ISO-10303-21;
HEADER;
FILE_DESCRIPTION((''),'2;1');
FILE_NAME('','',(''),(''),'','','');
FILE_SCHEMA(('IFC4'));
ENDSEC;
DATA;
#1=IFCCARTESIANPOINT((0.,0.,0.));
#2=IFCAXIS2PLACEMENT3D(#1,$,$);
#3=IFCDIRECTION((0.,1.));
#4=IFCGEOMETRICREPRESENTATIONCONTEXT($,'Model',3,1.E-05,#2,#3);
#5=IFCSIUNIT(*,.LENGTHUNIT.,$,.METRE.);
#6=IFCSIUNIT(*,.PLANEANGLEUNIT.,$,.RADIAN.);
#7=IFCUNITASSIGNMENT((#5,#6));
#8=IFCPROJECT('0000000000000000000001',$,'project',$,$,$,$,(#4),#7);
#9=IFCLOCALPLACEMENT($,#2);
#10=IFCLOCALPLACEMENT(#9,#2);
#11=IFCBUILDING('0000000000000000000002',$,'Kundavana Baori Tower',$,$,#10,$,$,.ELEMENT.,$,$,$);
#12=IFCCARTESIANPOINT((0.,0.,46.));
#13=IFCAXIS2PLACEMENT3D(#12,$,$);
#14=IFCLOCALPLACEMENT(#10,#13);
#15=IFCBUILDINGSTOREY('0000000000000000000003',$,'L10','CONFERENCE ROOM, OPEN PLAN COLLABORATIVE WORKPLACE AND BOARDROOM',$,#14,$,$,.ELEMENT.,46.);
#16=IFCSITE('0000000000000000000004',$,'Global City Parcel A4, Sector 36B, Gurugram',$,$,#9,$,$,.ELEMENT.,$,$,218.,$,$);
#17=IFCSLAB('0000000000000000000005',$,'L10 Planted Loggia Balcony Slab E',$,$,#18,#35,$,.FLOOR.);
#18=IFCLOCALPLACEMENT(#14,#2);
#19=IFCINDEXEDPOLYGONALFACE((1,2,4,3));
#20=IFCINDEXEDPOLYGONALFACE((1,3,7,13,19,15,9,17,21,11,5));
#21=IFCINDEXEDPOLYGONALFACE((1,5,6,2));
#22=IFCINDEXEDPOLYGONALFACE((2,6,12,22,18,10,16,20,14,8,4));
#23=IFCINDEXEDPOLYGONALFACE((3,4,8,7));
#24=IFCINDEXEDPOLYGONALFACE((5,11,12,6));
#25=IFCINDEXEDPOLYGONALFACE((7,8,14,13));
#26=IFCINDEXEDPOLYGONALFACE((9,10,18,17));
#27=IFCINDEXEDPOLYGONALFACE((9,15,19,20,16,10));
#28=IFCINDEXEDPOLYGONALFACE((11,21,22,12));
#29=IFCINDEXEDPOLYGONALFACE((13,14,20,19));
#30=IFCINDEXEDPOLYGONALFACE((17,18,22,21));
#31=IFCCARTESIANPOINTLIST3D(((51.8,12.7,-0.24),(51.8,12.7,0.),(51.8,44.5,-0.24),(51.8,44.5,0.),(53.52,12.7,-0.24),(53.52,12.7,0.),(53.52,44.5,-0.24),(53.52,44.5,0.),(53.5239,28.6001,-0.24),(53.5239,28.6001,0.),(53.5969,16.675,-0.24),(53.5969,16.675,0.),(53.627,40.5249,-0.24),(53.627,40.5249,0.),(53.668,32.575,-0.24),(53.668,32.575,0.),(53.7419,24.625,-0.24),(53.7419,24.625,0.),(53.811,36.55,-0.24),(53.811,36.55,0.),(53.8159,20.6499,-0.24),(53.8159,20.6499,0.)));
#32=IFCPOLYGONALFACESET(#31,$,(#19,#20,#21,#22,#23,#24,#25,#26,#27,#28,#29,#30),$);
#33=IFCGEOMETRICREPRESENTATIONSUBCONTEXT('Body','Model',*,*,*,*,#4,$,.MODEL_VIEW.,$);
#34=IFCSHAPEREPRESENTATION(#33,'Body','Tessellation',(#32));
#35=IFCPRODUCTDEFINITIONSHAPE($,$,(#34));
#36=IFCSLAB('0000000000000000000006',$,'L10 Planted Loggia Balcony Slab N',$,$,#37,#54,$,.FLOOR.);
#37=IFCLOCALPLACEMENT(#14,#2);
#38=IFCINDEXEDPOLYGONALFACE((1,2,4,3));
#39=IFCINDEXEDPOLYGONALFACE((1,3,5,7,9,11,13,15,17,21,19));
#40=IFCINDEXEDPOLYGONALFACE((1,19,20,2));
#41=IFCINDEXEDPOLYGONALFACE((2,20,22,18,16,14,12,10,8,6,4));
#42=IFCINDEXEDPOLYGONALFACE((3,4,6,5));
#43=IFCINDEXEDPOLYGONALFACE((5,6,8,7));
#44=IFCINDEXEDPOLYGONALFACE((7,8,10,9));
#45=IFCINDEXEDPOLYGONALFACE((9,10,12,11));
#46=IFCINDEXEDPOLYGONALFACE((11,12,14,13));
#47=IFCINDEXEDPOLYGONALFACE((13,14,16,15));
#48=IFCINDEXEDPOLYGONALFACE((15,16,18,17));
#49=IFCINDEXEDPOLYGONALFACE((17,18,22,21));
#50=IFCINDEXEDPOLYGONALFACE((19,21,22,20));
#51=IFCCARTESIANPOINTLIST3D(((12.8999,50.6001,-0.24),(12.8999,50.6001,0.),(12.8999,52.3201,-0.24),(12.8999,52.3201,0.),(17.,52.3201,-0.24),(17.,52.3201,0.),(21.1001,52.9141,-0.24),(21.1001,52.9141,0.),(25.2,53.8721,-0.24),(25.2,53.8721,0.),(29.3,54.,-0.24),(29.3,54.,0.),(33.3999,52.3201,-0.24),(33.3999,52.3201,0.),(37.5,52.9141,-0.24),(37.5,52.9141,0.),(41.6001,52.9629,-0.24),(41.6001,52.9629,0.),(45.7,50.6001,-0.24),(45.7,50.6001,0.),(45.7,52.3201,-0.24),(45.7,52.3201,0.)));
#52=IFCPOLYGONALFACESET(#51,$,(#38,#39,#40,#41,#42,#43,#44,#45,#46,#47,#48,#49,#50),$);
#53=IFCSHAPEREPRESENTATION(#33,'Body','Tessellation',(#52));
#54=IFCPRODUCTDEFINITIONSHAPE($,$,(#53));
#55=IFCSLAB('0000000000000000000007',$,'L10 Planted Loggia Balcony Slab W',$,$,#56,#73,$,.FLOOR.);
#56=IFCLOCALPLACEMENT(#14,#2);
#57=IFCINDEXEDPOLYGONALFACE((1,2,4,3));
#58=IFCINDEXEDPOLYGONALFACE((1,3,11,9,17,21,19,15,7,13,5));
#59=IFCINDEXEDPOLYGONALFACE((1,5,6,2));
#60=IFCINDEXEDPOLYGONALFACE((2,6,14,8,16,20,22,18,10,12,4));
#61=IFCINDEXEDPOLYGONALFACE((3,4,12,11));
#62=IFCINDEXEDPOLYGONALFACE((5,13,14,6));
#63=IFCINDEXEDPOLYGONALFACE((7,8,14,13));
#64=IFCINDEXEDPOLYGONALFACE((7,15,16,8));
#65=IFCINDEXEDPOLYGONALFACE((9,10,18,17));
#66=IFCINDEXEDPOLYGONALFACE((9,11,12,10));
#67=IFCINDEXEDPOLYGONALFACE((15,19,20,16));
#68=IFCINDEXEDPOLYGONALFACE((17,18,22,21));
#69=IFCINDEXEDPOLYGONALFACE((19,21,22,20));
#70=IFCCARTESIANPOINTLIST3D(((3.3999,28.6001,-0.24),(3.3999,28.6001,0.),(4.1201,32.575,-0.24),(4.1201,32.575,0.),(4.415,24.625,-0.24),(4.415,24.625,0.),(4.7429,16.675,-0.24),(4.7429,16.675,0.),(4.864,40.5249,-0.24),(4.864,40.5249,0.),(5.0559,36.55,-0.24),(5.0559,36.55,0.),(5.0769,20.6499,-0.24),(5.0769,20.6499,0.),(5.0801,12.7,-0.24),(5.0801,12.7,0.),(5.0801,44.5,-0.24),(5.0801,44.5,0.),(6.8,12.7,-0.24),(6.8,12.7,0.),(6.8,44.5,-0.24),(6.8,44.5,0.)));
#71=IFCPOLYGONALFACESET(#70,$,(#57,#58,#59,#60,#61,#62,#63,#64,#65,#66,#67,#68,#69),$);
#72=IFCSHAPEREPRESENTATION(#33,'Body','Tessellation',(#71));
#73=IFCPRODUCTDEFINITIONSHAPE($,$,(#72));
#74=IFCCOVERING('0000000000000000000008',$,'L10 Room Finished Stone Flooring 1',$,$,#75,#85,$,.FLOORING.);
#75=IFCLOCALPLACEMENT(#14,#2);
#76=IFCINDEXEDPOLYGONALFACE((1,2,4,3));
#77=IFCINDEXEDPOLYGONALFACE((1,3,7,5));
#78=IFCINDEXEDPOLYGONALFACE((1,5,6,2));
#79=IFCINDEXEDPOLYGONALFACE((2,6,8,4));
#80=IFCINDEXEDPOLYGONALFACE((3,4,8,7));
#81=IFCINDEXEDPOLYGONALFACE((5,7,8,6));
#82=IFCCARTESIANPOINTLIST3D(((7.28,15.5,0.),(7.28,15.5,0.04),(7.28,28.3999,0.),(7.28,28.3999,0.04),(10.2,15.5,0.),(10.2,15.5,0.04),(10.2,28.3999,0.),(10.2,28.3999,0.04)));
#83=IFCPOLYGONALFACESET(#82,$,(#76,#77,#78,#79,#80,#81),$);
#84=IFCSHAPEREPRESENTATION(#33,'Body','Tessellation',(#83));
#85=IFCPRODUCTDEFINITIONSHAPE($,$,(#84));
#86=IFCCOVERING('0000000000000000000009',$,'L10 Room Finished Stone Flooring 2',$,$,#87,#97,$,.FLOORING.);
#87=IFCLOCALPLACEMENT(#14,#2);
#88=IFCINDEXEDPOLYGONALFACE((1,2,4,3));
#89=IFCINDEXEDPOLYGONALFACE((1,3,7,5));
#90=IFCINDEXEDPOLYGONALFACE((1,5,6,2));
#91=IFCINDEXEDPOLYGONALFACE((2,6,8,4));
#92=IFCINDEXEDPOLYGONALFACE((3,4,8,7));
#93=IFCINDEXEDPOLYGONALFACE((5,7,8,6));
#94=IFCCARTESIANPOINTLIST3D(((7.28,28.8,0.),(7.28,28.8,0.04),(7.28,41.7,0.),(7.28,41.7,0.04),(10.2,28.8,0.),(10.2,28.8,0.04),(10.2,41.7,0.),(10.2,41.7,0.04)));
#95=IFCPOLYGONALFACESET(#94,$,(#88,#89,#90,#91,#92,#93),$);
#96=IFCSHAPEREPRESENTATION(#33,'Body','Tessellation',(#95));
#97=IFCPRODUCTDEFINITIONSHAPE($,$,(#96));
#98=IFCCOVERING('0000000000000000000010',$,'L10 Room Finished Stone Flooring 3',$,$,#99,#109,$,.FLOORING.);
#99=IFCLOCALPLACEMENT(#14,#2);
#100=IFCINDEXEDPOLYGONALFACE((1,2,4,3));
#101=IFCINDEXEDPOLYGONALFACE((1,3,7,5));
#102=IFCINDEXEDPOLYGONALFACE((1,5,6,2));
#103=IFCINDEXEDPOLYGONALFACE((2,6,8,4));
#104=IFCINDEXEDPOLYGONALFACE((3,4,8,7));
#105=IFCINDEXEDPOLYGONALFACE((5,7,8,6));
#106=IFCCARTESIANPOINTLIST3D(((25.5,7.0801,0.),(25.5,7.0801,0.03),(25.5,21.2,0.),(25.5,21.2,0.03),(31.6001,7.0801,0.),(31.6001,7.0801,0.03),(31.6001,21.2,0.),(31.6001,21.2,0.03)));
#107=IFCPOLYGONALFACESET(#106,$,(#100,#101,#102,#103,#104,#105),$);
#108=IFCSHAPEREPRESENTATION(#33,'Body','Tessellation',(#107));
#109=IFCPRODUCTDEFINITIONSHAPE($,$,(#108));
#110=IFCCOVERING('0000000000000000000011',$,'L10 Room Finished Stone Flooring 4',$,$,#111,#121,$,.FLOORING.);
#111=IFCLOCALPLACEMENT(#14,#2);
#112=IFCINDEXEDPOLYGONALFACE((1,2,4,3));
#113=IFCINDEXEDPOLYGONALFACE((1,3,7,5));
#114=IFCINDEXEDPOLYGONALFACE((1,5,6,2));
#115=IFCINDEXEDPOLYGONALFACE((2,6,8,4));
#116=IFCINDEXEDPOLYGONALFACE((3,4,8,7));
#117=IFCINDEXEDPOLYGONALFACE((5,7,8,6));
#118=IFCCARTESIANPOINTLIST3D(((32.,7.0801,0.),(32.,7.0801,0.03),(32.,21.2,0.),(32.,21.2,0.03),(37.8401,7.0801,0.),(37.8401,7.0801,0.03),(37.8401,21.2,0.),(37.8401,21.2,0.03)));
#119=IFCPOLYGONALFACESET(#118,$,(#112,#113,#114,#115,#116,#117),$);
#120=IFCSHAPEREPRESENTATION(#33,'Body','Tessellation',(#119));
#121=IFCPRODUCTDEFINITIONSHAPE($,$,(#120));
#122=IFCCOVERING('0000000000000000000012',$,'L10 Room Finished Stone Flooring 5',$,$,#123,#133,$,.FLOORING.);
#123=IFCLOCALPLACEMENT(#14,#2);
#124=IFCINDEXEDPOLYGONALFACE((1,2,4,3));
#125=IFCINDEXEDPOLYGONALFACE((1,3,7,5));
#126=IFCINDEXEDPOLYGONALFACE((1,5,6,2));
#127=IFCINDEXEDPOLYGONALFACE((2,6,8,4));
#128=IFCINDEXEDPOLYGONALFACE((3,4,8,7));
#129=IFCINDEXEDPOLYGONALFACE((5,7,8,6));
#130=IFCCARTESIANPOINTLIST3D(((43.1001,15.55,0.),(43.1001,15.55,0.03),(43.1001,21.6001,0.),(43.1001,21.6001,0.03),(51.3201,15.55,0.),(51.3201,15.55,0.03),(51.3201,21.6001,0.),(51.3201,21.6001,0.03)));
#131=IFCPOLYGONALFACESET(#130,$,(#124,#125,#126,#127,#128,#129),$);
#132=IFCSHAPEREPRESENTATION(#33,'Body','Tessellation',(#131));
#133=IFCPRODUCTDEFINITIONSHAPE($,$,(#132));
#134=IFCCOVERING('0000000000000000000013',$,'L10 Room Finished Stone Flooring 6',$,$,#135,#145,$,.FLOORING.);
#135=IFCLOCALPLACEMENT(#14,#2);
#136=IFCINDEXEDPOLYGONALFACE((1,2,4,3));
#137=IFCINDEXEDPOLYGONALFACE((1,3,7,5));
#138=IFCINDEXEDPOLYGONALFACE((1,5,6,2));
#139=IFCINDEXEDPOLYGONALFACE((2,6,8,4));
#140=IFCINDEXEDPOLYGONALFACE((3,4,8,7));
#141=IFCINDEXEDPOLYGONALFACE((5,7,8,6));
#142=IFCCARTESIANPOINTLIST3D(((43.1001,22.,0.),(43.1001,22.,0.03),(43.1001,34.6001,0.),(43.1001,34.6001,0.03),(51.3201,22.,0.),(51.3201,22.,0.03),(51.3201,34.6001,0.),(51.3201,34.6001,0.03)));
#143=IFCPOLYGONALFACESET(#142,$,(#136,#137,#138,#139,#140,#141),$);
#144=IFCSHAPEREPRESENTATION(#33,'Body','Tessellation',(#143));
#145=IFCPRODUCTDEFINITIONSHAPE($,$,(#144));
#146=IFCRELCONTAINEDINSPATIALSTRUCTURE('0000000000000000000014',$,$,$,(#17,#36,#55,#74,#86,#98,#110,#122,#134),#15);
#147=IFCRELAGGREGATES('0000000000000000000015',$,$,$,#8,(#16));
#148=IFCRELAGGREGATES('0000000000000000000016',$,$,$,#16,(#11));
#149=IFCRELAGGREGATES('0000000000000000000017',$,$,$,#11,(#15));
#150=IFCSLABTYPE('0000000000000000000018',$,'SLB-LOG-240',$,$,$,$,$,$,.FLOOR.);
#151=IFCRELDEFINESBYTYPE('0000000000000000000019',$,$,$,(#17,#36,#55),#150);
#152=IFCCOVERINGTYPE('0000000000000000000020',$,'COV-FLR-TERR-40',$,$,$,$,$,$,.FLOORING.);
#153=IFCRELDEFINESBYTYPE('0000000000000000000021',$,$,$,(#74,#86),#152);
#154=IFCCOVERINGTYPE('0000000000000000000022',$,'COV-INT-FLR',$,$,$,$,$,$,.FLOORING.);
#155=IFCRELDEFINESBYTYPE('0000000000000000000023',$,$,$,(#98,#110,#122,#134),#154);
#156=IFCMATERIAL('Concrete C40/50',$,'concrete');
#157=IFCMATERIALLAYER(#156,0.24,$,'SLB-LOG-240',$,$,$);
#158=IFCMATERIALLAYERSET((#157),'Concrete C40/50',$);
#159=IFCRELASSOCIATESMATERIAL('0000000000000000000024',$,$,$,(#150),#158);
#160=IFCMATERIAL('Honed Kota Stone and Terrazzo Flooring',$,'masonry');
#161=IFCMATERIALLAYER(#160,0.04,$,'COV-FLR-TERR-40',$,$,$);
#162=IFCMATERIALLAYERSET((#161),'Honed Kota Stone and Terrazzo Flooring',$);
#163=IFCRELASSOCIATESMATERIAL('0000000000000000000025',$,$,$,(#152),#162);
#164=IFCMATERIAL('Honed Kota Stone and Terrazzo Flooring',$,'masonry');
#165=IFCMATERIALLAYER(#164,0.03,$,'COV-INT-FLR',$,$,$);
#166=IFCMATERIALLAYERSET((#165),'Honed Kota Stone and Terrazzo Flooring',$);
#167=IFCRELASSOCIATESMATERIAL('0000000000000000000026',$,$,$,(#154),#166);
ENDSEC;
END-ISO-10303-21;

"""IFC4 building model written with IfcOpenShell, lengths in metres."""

from ifc_helpers import new_model, si_unit, direction, frame, origin, place, context, subcontext, project, spatial, polyline, outline, extrude, material, layer, layer_set, type_object, element, save


model = new_model("IFC4")

# Units and contexts
model_context = context("Model", 3, precision=1e-05, world=origin(), true_north=direction((0.0, 1.0)))
body_context = subcontext(model_context, "Body", "Model", "MODEL_VIEW")
ifc_project = project(units=[si_unit("LENGTHUNIT", "METRE"), si_unit("PLANEANGLEUNIT", "RADIAN")], contexts=[model_context])

# Site, building, storey
site_placement = place(None, origin())
site = spatial("IfcSite", under=ifc_project, at=site_placement, Name="Global City Parcel A4, Sector 36B, Gurugram", CompositionType="ELEMENT", RefElevation=218.0)
building_placement = place(site_placement, origin())
building = spatial("IfcBuilding", under=site, at=building_placement, Name="Kundavana Baori Tower", CompositionType="ELEMENT")
storey_placement = place(building_placement, frame((0.0, 0.0, 46.0)))
storey = spatial("IfcBuildingStorey", under=building, at=storey_placement, Name="L10", Description="CONFERENCE ROOM, OPEN PLAN COLLABORATIVE WORKPLACE AND BOARDROOM", CompositionType="ELEMENT", Elevation=46.0)

# Slabs
ifc_material_1 = material(Name="Concrete C40/50", Category="concrete")
ifc_layer_1 = layer(ifc_material_1, 0.24, Name="SLB-LOG-240")
ifc_layer_set_1 = layer_set([ifc_layer_1], Name="Concrete C40/50")
slab_type_1 = type_object("IfcSlabType", Name="SLB-LOG-240", PredefinedType="FLOOR", material=ifc_layer_set_1)
slab_1_placement = place(storey_placement, frame((0.0, 0.0, -0.24)))
element("IfcSlab", 1, at=slab_1_placement, inside=storey, type_object=slab_type_1, Name="L10 Planted Loggia Balcony Slab E", PredefinedType="FLOOR", context=body_context, shape_type="SweptSolid", body=[
    extrude(outline(polyline([(51.8, 12.7), (51.8, 44.5), (53.52, 44.5), (53.627, 40.5249), (53.811, 36.55), (53.668, 32.575), (53.5239, 28.6001), (53.7419, 24.625), (53.8159, 20.6499), (53.5969, 16.675), (53.52, 12.7), (51.8, 12.7)])), origin(), (0.0, 0.0, 1.0), 0.24),
])
slab_2_placement = place(storey_placement, frame((0.0, 0.0, -0.24)))
element("IfcSlab", 2, at=slab_2_placement, inside=storey, type_object=slab_type_1, Name="L10 Planted Loggia Balcony Slab N", PredefinedType="FLOOR", context=body_context, shape_type="SweptSolid", body=[
    extrude(outline(polyline([(45.7, 50.6001), (12.8999, 50.6001), (12.8999, 52.3201), (17.0, 52.3201), (21.1001, 52.9141), (25.2, 53.8721), (29.3, 54.0), (33.3999, 52.3201), (37.5, 52.9141), (41.6001, 52.9629), (45.7, 52.3201), (45.7, 50.6001)])), origin(), (0.0, 0.0, 1.0), 0.24),
])
slab_3_placement = place(storey_placement, frame((0.0, 0.0, -0.24)))
element("IfcSlab", 3, at=slab_3_placement, inside=storey, type_object=slab_type_1, Name="L10 Planted Loggia Balcony Slab W", PredefinedType="FLOOR", context=body_context, shape_type="SweptSolid", body=[
    extrude(outline(polyline([(6.8, 44.5), (6.8, 12.7), (5.0801, 12.7), (4.7429, 16.675), (5.0769, 20.6499), (4.415, 24.625), (3.3999, 28.6001), (4.1201, 32.575), (5.0559, 36.55), (4.864, 40.5249), (5.0801, 44.5), (6.8, 44.5)])), origin(), (0.0, 0.0, 1.0), 0.24),
])

# Coverings
ifc_material_2 = material(Name="Honed Kota Stone and Terrazzo Flooring", Category="masonry")
ifc_layer_2 = layer(ifc_material_2, 0.04, Name="COV-FLR-TERR-40")
ifc_layer_set_2 = layer_set([ifc_layer_2], Name="Honed Kota Stone and Terrazzo Flooring")
covering_type_1 = type_object("IfcCoveringType", Name="COV-FLR-TERR-40", PredefinedType="FLOORING", material=ifc_layer_set_2)
covering_1_placement = place(storey_placement, origin())
element("IfcCovering", 4, at=covering_1_placement, inside=storey, type_object=covering_type_1, Name="L10 Room Finished Stone Flooring 1", PredefinedType="FLOORING", context=body_context, shape_type="SweptSolid", body=[
    extrude(outline(polyline([(7.28, 15.5), (10.2, 15.5), (10.2, 28.3999), (7.28, 28.3999), (7.28, 15.5)])), origin(), (0.0, 0.0, 1.0), 0.04),
])
covering_2_placement = place(storey_placement, origin())
element("IfcCovering", 5, at=covering_2_placement, inside=storey, type_object=covering_type_1, Name="L10 Room Finished Stone Flooring 2", PredefinedType="FLOORING", context=body_context, shape_type="SweptSolid", body=[
    extrude(outline(polyline([(7.28, 28.8), (10.2, 28.8), (10.2, 41.7), (7.28, 41.7), (7.28, 28.8)])), origin(), (0.0, 0.0, 1.0), 0.04),
])
ifc_material_3 = material(Name="Honed Kota Stone and Terrazzo Flooring", Category="masonry")
ifc_layer_3 = layer(ifc_material_3, 0.03, Name="COV-INT-FLR")
ifc_layer_set_3 = layer_set([ifc_layer_3], Name="Honed Kota Stone and Terrazzo Flooring")
covering_type_2 = type_object("IfcCoveringType", Name="COV-INT-FLR", PredefinedType="FLOORING", material=ifc_layer_set_3)
covering_3_placement = place(storey_placement, origin())
element("IfcCovering", 6, at=covering_3_placement, inside=storey, type_object=covering_type_2, Name="L10 Room Finished Stone Flooring 3", PredefinedType="FLOORING", context=body_context, shape_type="SweptSolid", body=[
    extrude(outline(polyline([(25.5, 7.0801), (31.6001, 7.0801), (31.6001, 21.2), (25.5, 21.2), (25.5, 7.0801)])), origin(), (0.0, 0.0, 1.0), 0.03),
])
covering_4_placement = place(storey_placement, origin())
element("IfcCovering", 7, at=covering_4_placement, inside=storey, type_object=covering_type_2, Name="L10 Room Finished Stone Flooring 4", PredefinedType="FLOORING", context=body_context, shape_type="SweptSolid", body=[
    extrude(outline(polyline([(32.0, 7.0801), (37.8401, 7.0801), (37.8401, 21.2), (32.0, 21.2), (32.0, 7.0801)])), origin(), (0.0, 0.0, 1.0), 0.03),
])
covering_5_placement = place(storey_placement, origin())
element("IfcCovering", 8, at=covering_5_placement, inside=storey, type_object=covering_type_2, Name="L10 Room Finished Stone Flooring 5", PredefinedType="FLOORING", context=body_context, shape_type="SweptSolid", body=[
    extrude(outline(polyline([(43.1001, 15.55), (51.3201, 15.55), (51.3201, 21.6001), (43.1001, 21.6001), (43.1001, 15.55)])), origin(), (0.0, 0.0, 1.0), 0.03),
])
covering_6_placement = place(storey_placement, origin())
element("IfcCovering", 9, at=covering_6_placement, inside=storey, type_object=covering_type_2, Name="L10 Room Finished Stone Flooring 6", PredefinedType="FLOORING", context=body_context, shape_type="SweptSolid", body=[
    extrude(outline(polyline([(43.1001, 22.0), (51.3201, 22.0), (51.3201, 34.6001), (43.1001, 34.6001), (43.1001, 22.0)])), origin(), (0.0, 0.0, 1.0), 0.03),
])

save(model, "model.ifc")
